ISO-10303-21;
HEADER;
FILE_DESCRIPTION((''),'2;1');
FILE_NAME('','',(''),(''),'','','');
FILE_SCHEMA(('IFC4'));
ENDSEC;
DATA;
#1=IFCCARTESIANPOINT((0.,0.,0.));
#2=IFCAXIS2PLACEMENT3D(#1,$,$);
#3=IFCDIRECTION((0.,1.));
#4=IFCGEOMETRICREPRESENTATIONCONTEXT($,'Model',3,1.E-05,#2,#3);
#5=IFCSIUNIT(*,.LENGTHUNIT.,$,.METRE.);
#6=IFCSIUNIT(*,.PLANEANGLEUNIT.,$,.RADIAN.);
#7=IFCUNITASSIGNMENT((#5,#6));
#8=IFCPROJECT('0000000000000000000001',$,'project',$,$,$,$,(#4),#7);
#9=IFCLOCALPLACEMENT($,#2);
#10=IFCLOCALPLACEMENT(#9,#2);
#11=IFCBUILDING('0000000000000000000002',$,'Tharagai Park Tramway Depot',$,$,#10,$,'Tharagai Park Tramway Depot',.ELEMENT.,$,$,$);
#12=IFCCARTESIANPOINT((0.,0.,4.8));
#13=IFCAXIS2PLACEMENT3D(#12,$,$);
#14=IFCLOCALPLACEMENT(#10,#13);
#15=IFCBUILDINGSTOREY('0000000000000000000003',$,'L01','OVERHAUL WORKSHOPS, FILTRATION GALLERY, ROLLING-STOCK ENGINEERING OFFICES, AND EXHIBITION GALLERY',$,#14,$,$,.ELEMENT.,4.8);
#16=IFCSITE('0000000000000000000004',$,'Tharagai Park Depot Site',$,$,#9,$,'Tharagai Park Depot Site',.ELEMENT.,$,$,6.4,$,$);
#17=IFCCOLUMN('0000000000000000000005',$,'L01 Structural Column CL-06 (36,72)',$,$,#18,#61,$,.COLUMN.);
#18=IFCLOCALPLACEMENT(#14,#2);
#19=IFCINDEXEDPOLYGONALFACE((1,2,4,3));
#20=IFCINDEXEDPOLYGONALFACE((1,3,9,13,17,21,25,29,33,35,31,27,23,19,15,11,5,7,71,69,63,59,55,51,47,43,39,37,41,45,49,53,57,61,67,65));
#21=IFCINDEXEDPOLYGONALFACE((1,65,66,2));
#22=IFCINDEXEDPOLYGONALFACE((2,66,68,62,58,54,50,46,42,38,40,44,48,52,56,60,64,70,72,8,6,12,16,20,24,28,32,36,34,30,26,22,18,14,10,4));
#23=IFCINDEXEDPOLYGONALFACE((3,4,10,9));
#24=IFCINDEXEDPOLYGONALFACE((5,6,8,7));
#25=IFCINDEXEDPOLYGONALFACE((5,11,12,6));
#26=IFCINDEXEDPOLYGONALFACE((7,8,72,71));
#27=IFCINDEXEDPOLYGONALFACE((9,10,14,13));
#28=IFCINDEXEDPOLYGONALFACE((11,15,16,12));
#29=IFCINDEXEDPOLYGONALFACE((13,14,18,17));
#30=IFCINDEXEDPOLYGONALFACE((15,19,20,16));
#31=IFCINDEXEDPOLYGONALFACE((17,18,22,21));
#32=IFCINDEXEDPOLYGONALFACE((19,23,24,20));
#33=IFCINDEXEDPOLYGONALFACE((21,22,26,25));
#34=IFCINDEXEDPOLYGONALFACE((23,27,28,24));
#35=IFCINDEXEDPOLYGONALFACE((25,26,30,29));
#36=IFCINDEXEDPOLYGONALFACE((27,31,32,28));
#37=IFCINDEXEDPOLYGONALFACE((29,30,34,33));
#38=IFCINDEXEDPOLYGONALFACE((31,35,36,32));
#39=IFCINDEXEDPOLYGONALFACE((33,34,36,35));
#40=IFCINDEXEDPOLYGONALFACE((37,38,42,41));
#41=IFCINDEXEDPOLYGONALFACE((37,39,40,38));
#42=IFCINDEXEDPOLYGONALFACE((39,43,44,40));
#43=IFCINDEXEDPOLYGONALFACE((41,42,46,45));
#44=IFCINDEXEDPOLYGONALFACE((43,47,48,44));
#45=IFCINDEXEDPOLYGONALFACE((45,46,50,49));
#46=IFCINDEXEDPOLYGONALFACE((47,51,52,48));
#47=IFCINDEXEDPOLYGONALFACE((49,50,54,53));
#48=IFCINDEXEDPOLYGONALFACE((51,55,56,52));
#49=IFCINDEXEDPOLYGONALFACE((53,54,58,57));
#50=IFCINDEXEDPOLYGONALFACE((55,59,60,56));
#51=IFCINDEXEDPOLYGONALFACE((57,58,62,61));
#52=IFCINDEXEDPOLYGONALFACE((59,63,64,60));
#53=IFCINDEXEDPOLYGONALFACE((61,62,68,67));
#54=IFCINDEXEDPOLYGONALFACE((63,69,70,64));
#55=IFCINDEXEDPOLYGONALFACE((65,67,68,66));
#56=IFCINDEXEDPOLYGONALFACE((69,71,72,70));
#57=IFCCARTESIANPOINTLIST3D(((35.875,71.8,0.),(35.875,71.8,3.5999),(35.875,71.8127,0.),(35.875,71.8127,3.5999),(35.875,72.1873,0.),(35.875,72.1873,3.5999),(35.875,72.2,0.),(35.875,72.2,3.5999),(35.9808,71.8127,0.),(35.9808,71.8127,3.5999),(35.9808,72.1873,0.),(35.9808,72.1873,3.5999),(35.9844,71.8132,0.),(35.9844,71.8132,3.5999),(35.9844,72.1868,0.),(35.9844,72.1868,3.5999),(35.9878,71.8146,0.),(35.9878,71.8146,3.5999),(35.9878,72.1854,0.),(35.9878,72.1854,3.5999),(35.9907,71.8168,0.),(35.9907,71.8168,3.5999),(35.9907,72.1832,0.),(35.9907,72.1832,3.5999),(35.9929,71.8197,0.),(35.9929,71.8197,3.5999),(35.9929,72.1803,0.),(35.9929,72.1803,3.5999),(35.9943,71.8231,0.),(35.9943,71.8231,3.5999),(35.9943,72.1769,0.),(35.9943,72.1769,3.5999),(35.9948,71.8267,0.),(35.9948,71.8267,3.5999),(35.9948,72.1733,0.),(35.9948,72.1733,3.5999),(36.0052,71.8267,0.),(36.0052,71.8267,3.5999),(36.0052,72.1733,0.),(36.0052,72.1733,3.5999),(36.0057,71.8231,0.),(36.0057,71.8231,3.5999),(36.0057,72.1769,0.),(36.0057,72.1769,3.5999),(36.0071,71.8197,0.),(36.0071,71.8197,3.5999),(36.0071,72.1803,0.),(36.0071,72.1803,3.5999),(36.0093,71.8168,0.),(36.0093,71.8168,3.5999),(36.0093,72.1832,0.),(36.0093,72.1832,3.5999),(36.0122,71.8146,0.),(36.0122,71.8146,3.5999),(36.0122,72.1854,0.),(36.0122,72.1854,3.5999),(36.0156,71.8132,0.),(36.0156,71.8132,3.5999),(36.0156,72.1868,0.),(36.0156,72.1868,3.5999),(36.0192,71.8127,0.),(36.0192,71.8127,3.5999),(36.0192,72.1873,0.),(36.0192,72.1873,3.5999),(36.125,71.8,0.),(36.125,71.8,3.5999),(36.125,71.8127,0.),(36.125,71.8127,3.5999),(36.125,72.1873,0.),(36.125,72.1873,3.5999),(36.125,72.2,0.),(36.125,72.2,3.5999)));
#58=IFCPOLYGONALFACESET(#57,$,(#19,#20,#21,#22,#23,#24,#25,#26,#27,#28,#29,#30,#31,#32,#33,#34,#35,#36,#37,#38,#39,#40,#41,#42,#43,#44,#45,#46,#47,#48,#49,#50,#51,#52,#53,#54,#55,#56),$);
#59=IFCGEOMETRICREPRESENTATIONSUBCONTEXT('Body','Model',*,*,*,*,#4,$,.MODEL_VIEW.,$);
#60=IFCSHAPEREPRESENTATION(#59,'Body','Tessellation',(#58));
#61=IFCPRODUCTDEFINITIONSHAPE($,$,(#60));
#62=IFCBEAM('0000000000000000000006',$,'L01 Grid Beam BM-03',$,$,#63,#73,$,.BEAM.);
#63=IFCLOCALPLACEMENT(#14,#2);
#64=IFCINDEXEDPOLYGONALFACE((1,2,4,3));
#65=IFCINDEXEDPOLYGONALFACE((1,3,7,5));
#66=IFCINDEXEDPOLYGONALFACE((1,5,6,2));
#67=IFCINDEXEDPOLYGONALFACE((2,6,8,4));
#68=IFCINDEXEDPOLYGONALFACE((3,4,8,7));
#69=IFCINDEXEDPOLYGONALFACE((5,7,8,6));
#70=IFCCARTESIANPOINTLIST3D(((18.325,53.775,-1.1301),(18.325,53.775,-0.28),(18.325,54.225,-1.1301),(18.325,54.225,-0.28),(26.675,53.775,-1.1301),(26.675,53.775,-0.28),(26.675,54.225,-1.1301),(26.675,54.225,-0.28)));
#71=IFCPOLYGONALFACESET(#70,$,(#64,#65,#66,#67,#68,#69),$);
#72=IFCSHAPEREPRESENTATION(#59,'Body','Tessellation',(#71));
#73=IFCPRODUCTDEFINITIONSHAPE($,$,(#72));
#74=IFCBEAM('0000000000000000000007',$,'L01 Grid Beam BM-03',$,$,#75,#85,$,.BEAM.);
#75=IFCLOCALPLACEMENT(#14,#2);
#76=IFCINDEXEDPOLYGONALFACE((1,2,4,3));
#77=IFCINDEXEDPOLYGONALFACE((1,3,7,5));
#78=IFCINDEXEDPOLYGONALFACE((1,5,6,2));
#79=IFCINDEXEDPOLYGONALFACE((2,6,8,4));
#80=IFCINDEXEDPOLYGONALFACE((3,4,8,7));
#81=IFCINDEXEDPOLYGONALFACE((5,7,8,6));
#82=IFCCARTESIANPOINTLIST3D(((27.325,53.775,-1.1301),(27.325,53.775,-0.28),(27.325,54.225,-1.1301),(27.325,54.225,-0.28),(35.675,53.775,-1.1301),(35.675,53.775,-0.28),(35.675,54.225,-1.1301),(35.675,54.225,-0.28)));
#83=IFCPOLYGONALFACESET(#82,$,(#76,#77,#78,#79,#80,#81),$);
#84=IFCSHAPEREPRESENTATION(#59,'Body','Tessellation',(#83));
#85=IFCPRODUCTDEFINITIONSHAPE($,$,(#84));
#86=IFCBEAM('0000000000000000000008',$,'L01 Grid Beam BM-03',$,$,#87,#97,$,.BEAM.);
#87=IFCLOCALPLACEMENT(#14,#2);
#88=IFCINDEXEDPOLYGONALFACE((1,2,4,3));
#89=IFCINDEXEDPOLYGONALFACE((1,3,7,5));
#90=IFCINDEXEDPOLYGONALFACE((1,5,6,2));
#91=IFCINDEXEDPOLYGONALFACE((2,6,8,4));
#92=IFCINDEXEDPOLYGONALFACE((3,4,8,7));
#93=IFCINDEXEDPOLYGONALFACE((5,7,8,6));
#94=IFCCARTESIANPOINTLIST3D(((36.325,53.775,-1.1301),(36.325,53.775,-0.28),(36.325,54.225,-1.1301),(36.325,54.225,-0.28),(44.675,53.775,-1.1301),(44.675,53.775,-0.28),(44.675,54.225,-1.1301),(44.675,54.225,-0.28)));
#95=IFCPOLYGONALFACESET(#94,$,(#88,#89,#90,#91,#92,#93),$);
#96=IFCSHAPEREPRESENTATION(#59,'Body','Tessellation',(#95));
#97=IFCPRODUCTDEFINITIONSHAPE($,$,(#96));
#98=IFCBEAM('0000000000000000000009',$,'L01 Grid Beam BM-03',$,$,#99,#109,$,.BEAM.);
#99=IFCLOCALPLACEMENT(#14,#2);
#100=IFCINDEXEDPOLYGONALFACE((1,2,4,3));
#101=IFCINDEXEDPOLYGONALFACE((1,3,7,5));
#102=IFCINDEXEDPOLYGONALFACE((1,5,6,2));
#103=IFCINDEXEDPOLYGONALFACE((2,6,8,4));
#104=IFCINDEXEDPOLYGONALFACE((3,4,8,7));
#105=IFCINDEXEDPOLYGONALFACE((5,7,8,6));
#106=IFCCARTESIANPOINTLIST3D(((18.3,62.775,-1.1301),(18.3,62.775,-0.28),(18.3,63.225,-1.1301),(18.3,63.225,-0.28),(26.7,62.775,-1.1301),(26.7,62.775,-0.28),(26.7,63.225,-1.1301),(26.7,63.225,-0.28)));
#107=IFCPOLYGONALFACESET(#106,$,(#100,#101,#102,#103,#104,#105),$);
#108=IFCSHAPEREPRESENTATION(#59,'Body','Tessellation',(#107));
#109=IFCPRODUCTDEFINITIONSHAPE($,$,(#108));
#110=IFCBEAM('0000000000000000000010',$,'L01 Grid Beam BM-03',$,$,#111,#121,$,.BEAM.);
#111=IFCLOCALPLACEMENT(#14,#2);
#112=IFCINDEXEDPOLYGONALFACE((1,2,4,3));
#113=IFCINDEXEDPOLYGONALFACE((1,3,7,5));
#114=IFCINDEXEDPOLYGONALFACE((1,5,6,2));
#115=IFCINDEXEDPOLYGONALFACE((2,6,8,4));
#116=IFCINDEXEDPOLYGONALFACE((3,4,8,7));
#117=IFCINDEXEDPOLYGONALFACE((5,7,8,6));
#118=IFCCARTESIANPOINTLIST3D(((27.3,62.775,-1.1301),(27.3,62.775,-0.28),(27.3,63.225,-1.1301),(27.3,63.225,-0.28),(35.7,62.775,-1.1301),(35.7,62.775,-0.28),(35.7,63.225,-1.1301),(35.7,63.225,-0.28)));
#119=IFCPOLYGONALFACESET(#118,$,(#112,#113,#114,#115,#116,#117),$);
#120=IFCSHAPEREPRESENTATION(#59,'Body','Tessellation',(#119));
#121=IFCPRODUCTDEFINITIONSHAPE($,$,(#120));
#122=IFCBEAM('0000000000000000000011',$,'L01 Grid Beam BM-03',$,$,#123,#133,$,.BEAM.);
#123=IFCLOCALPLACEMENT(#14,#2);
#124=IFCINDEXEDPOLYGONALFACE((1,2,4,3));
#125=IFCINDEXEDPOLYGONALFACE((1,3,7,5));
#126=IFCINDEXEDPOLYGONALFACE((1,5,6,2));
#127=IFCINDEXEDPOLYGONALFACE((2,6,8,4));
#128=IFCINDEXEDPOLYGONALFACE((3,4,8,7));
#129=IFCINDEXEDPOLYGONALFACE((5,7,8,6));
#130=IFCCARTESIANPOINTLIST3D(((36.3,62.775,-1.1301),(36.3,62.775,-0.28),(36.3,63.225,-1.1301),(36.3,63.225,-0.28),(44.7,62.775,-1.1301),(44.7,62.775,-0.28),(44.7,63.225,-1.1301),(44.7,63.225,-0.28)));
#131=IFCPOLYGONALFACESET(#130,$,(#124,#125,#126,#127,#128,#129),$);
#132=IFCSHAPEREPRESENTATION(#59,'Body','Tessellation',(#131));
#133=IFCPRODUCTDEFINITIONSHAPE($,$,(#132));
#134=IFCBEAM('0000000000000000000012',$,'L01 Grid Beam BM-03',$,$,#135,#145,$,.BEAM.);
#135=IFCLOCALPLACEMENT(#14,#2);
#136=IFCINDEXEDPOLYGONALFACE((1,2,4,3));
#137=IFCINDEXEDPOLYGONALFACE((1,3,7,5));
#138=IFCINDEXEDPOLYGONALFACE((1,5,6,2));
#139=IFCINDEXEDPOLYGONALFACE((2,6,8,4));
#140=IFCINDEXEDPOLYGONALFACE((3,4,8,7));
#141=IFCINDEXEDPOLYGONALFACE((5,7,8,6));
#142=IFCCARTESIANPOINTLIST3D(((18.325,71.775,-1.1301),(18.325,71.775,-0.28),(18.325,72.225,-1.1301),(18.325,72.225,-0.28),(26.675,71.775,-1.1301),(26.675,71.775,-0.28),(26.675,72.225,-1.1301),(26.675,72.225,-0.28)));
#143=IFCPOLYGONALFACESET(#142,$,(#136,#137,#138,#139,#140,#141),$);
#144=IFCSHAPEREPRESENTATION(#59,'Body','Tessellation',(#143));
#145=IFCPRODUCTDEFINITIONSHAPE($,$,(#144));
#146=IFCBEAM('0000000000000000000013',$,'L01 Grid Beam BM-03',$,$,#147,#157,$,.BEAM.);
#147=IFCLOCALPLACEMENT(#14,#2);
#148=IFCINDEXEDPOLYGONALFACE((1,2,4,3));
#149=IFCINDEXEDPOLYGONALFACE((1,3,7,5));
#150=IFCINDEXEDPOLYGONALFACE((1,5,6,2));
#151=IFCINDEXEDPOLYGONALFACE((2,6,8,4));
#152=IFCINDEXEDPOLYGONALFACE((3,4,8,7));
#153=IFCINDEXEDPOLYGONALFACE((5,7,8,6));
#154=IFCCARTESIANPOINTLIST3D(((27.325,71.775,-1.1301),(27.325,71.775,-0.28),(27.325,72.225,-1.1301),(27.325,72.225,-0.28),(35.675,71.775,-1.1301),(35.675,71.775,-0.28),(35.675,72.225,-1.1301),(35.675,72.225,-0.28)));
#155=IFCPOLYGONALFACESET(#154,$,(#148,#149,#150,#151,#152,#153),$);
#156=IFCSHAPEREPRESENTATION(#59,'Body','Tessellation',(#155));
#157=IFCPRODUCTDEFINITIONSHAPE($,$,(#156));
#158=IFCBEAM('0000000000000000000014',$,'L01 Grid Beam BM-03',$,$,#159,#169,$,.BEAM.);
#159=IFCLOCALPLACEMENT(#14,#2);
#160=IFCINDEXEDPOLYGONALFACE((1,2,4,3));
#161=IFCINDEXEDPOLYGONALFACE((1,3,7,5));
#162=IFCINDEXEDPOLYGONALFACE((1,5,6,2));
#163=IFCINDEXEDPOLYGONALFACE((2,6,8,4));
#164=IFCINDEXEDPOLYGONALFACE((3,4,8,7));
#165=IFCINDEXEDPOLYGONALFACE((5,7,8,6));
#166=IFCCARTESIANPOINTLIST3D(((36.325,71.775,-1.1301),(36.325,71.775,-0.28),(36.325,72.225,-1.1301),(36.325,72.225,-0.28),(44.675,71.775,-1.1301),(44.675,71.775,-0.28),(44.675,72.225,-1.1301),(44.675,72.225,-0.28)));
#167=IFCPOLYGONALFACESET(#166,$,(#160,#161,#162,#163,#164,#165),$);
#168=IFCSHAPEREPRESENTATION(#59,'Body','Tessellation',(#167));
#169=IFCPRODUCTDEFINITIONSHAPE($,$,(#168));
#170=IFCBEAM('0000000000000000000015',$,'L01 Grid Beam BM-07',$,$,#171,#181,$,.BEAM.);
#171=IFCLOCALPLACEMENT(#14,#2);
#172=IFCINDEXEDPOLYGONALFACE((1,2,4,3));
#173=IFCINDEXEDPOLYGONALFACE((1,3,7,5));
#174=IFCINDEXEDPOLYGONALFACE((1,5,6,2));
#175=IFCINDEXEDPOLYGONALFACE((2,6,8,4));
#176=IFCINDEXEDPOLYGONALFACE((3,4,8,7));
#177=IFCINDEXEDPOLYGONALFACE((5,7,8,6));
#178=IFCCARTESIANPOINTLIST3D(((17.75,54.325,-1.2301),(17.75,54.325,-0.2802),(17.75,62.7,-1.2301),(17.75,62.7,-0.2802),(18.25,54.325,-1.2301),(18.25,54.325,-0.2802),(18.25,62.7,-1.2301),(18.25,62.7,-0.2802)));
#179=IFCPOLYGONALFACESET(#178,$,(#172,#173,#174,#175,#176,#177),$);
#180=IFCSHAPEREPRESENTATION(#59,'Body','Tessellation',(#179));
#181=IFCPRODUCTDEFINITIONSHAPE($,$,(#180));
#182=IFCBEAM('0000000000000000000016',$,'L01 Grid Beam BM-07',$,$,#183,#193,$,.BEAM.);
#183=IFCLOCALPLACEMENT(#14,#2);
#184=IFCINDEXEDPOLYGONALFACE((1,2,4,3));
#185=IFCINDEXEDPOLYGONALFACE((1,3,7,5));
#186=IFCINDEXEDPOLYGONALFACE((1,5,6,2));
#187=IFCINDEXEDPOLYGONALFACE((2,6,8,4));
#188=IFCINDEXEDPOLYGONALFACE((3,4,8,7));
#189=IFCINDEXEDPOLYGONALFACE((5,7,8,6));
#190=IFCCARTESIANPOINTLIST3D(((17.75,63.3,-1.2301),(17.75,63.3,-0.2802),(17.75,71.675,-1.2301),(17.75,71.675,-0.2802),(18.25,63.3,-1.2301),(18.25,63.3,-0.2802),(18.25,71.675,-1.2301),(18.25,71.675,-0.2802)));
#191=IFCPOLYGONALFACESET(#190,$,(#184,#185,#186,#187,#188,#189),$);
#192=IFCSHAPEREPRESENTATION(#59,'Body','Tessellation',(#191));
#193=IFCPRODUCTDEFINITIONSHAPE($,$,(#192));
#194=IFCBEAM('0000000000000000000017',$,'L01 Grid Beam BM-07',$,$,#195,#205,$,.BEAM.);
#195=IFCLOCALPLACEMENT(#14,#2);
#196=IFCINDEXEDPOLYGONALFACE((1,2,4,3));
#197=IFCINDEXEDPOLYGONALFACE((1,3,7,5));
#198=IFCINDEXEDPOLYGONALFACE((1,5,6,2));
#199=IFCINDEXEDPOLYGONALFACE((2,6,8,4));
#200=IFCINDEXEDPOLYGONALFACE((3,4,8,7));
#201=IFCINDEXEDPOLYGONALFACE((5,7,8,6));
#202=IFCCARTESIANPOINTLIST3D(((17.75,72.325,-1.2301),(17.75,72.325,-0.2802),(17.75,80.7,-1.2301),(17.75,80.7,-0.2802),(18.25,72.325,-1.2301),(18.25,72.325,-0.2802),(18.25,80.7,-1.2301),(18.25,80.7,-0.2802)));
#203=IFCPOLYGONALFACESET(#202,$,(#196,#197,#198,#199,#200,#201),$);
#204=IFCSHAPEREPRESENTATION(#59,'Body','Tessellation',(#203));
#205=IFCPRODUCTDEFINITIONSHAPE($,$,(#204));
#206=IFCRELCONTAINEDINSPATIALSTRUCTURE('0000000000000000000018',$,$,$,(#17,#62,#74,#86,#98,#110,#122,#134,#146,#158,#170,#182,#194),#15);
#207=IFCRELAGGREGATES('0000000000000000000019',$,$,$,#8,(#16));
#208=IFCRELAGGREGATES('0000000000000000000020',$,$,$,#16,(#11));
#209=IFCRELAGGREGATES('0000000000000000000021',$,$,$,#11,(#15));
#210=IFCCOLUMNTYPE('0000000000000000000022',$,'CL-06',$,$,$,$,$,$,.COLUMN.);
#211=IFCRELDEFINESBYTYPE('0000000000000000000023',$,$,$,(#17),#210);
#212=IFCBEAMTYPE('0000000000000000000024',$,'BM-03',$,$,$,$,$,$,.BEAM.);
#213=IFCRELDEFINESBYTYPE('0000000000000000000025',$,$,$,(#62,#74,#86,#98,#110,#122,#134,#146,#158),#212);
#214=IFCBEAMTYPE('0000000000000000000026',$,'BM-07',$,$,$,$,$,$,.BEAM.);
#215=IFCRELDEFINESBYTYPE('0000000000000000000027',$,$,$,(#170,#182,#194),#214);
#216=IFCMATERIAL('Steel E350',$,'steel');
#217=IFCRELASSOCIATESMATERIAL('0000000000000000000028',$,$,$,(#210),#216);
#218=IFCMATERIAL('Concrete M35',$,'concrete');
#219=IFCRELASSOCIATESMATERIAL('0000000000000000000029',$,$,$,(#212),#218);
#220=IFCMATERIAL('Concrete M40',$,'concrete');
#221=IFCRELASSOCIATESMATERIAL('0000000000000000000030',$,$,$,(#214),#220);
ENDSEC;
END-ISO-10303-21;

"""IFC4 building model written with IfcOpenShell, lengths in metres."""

from ifc_helpers import new_model, si_unit, direction, frame, origin, origin_2d, place, context, subcontext, project, spatial, rectangle, i_section, extrude, material, material_profile, profile_set, type_object, element, save


model = new_model("IFC4")

# Units and contexts
model_context = context("Model", 3, precision=1e-05, world=origin(), true_north=direction((0.0, 1.0)))
body_context = subcontext(model_context, "Body", "Model", "MODEL_VIEW")
ifc_project = project(units=[si_unit("LENGTHUNIT", "METRE"), si_unit("PLANEANGLEUNIT", "RADIAN")], contexts=[model_context])

# Site, building, storey
site_placement = place(None, origin())
site = spatial("IfcSite", under=ifc_project, at=site_placement, Name="Tharagai Park Depot Site", LongName="Tharagai Park Depot Site", CompositionType="ELEMENT", RefElevation=6.4)
building_placement = place(site_placement, origin())
building = spatial("IfcBuilding", under=site, at=building_placement, Name="Tharagai Park Tramway Depot", LongName="Tharagai Park Tramway Depot", CompositionType="ELEMENT")
storey_placement = place(building_placement, frame((0.0, 0.0, 4.8)))
storey = spatial("IfcBuildingStorey", under=building, at=storey_placement, Name="L01", Description="OVERHAUL WORKSHOPS, FILTRATION GALLERY, ROLLING-STOCK ENGINEERING OFFICES, AND EXHIBITION GALLERY", CompositionType="ELEMENT", Elevation=4.8)

# Column
ifc_material_1 = material(Name="Steel E350", Category="steel")
ifc_material_profile_1 = material_profile(ifc_material_1, i_section(OverallWidth=0.25, OverallDepth=0.3999, WebThickness=0.0105, FlangeThickness=0.0127, FilletRadius=0.0139, at=origin_2d()), Name="ISHB 400")
ifc_profile_set_1 = profile_set([ifc_material_profile_1], Name="Steel E350")
column_type = type_object("IfcColumnType", Name="CL-06", PredefinedType="COLUMN", material=ifc_profile_set_1)
for number, where, z_axis, x_axis, name in (
    (1, (36.0, 72.0, 0.0), (0.0, 0.0, 1.0), (1.0, 0.0, 0.0), "L01 Structural Column CL-06 (36,72)"),
):
    element("IfcColumn", number, at=place(storey_placement, frame(where, z_axis=z_axis, x_axis=x_axis)), inside=storey, type_object=column_type, Name=name, PredefinedType="COLUMN", context=body_context, shape_type="SweptSolid", body=[
        extrude(i_section(OverallWidth=0.25, OverallDepth=0.3999, WebThickness=0.0105, FlangeThickness=0.0127, FilletRadius=0.0139, at=origin_2d()), origin(), (0.0, 0.0, 1.0), 3.5999),
    ])

# Beams
ifc_material_2 = material(Name="Concrete M35", Category="concrete")
ifc_material_profile_2 = material_profile(ifc_material_2, rectangle(XDim=0.45, YDim=0.8501, at=origin_2d()), Name="RC 450x850")
ifc_profile_set_2 = profile_set([ifc_material_profile_2], Name="Concrete M35")
beam_type_1 = type_object("IfcBeamType", Name="BM-03", PredefinedType="BEAM", material=ifc_profile_set_2)
for number, where, z_axis, x_axis, name in (
    (2, (18.325, 54.0, -0.7051), (1.0, 0.0, 0.0), (0.0, 1.0, 0.0), "L01 Grid Beam BM-03"),
    (3, (27.325, 54.0, -0.7051), (1.0, 0.0, 0.0), (0.0, 1.0, 0.0), "L01 Grid Beam BM-03"),
    (4, (36.325, 54.0, -0.7051), (1.0, 0.0, 0.0), (0.0, 1.0, 0.0), "L01 Grid Beam BM-03"),
):
    element("IfcBeam", number, at=place(storey_placement, frame(where, z_axis=z_axis, x_axis=x_axis)), inside=storey, type_object=beam_type_1, Name=name, PredefinedType="BEAM", context=body_context, shape_type="SweptSolid", body=[
        extrude(rectangle(XDim=0.45, YDim=0.8501, at=origin_2d()), origin(), (0.0, 0.0, 1.0), 8.3501),
    ])
for number, where, z_axis, x_axis, name in (
    (5, (18.3, 63.0, -0.7051), (1.0, 0.0, 0.0), (0.0, 1.0, 0.0), "L01 Grid Beam BM-03"),
    (6, (27.3, 63.0, -0.7051), (1.0, 0.0, 0.0), (0.0, 1.0, 0.0), "L01 Grid Beam BM-03"),
    (7, (36.3, 63.0, -0.7051), (1.0, 0.0, 0.0), (0.0, 1.0, 0.0), "L01 Grid Beam BM-03"),
):
    element("IfcBeam", number, at=place(storey_placement, frame(where, z_axis=z_axis, x_axis=x_axis)), inside=storey, type_object=beam_type_1, Name=name, PredefinedType="BEAM", context=body_context, shape_type="SweptSolid", body=[
        extrude(rectangle(XDim=0.45, YDim=0.8501, at=origin_2d()), origin(), (0.0, 0.0, 1.0), 8.3999),
    ])
for number, where, z_axis, x_axis, name in (
    (8, (18.325, 72.0, -0.7051), (1.0, 0.0, 0.0), (0.0, 1.0, 0.0), "L01 Grid Beam BM-03"),
    (9, (27.325, 72.0, -0.7051), (1.0, 0.0, 0.0), (0.0, 1.0, 0.0), "L01 Grid Beam BM-03"),
    (10, (36.325, 72.0, -0.7051), (1.0, 0.0, 0.0), (0.0, 1.0, 0.0), "L01 Grid Beam BM-03"),
):
    element("IfcBeam", number, at=place(storey_placement, frame(where, z_axis=z_axis, x_axis=x_axis)), inside=storey, type_object=beam_type_1, Name=name, PredefinedType="BEAM", context=body_context, shape_type="SweptSolid", body=[
        extrude(rectangle(XDim=0.45, YDim=0.8501, at=origin_2d()), origin(), (0.0, 0.0, 1.0), 8.3501),
    ])
ifc_material_3 = material(Name="Concrete M40", Category="concrete")
ifc_material_profile_3 = material_profile(ifc_material_3, rectangle(XDim=0.5, YDim=0.95, at=origin_2d()), Name="RC 500x950")
ifc_profile_set_3 = profile_set([ifc_material_profile_3], Name="Concrete M40")
beam_type_2 = type_object("IfcBeamType", Name="BM-07", PredefinedType="BEAM", material=ifc_profile_set_3)
for number, where, z_axis, x_axis, name in (
    (11, (18.0, 54.325, -0.7551), (0.0, 1.0, 0.0), (-1.0, 0.0, 0.0), "L01 Grid Beam BM-07"),
    (12, (18.0, 63.3, -0.7551), (0.0, 1.0, 0.0), (-1.0, 0.0, 0.0), "L01 Grid Beam BM-07"),
    (13, (18.0, 72.325, -0.7551), (0.0, 1.0, 0.0), (-1.0, 0.0, 0.0), "L01 Grid Beam BM-07"),
):
    element("IfcBeam", number, at=place(storey_placement, frame(where, z_axis=z_axis, x_axis=x_axis)), inside=storey, type_object=beam_type_2, Name=name, PredefinedType="BEAM", context=body_context, shape_type="SweptSolid", body=[
        extrude(rectangle(XDim=0.5, YDim=0.95, at=origin_2d()), origin(), (0.0, 0.0, 1.0), 8.375),
    ])

save(model, "model.ifc")
